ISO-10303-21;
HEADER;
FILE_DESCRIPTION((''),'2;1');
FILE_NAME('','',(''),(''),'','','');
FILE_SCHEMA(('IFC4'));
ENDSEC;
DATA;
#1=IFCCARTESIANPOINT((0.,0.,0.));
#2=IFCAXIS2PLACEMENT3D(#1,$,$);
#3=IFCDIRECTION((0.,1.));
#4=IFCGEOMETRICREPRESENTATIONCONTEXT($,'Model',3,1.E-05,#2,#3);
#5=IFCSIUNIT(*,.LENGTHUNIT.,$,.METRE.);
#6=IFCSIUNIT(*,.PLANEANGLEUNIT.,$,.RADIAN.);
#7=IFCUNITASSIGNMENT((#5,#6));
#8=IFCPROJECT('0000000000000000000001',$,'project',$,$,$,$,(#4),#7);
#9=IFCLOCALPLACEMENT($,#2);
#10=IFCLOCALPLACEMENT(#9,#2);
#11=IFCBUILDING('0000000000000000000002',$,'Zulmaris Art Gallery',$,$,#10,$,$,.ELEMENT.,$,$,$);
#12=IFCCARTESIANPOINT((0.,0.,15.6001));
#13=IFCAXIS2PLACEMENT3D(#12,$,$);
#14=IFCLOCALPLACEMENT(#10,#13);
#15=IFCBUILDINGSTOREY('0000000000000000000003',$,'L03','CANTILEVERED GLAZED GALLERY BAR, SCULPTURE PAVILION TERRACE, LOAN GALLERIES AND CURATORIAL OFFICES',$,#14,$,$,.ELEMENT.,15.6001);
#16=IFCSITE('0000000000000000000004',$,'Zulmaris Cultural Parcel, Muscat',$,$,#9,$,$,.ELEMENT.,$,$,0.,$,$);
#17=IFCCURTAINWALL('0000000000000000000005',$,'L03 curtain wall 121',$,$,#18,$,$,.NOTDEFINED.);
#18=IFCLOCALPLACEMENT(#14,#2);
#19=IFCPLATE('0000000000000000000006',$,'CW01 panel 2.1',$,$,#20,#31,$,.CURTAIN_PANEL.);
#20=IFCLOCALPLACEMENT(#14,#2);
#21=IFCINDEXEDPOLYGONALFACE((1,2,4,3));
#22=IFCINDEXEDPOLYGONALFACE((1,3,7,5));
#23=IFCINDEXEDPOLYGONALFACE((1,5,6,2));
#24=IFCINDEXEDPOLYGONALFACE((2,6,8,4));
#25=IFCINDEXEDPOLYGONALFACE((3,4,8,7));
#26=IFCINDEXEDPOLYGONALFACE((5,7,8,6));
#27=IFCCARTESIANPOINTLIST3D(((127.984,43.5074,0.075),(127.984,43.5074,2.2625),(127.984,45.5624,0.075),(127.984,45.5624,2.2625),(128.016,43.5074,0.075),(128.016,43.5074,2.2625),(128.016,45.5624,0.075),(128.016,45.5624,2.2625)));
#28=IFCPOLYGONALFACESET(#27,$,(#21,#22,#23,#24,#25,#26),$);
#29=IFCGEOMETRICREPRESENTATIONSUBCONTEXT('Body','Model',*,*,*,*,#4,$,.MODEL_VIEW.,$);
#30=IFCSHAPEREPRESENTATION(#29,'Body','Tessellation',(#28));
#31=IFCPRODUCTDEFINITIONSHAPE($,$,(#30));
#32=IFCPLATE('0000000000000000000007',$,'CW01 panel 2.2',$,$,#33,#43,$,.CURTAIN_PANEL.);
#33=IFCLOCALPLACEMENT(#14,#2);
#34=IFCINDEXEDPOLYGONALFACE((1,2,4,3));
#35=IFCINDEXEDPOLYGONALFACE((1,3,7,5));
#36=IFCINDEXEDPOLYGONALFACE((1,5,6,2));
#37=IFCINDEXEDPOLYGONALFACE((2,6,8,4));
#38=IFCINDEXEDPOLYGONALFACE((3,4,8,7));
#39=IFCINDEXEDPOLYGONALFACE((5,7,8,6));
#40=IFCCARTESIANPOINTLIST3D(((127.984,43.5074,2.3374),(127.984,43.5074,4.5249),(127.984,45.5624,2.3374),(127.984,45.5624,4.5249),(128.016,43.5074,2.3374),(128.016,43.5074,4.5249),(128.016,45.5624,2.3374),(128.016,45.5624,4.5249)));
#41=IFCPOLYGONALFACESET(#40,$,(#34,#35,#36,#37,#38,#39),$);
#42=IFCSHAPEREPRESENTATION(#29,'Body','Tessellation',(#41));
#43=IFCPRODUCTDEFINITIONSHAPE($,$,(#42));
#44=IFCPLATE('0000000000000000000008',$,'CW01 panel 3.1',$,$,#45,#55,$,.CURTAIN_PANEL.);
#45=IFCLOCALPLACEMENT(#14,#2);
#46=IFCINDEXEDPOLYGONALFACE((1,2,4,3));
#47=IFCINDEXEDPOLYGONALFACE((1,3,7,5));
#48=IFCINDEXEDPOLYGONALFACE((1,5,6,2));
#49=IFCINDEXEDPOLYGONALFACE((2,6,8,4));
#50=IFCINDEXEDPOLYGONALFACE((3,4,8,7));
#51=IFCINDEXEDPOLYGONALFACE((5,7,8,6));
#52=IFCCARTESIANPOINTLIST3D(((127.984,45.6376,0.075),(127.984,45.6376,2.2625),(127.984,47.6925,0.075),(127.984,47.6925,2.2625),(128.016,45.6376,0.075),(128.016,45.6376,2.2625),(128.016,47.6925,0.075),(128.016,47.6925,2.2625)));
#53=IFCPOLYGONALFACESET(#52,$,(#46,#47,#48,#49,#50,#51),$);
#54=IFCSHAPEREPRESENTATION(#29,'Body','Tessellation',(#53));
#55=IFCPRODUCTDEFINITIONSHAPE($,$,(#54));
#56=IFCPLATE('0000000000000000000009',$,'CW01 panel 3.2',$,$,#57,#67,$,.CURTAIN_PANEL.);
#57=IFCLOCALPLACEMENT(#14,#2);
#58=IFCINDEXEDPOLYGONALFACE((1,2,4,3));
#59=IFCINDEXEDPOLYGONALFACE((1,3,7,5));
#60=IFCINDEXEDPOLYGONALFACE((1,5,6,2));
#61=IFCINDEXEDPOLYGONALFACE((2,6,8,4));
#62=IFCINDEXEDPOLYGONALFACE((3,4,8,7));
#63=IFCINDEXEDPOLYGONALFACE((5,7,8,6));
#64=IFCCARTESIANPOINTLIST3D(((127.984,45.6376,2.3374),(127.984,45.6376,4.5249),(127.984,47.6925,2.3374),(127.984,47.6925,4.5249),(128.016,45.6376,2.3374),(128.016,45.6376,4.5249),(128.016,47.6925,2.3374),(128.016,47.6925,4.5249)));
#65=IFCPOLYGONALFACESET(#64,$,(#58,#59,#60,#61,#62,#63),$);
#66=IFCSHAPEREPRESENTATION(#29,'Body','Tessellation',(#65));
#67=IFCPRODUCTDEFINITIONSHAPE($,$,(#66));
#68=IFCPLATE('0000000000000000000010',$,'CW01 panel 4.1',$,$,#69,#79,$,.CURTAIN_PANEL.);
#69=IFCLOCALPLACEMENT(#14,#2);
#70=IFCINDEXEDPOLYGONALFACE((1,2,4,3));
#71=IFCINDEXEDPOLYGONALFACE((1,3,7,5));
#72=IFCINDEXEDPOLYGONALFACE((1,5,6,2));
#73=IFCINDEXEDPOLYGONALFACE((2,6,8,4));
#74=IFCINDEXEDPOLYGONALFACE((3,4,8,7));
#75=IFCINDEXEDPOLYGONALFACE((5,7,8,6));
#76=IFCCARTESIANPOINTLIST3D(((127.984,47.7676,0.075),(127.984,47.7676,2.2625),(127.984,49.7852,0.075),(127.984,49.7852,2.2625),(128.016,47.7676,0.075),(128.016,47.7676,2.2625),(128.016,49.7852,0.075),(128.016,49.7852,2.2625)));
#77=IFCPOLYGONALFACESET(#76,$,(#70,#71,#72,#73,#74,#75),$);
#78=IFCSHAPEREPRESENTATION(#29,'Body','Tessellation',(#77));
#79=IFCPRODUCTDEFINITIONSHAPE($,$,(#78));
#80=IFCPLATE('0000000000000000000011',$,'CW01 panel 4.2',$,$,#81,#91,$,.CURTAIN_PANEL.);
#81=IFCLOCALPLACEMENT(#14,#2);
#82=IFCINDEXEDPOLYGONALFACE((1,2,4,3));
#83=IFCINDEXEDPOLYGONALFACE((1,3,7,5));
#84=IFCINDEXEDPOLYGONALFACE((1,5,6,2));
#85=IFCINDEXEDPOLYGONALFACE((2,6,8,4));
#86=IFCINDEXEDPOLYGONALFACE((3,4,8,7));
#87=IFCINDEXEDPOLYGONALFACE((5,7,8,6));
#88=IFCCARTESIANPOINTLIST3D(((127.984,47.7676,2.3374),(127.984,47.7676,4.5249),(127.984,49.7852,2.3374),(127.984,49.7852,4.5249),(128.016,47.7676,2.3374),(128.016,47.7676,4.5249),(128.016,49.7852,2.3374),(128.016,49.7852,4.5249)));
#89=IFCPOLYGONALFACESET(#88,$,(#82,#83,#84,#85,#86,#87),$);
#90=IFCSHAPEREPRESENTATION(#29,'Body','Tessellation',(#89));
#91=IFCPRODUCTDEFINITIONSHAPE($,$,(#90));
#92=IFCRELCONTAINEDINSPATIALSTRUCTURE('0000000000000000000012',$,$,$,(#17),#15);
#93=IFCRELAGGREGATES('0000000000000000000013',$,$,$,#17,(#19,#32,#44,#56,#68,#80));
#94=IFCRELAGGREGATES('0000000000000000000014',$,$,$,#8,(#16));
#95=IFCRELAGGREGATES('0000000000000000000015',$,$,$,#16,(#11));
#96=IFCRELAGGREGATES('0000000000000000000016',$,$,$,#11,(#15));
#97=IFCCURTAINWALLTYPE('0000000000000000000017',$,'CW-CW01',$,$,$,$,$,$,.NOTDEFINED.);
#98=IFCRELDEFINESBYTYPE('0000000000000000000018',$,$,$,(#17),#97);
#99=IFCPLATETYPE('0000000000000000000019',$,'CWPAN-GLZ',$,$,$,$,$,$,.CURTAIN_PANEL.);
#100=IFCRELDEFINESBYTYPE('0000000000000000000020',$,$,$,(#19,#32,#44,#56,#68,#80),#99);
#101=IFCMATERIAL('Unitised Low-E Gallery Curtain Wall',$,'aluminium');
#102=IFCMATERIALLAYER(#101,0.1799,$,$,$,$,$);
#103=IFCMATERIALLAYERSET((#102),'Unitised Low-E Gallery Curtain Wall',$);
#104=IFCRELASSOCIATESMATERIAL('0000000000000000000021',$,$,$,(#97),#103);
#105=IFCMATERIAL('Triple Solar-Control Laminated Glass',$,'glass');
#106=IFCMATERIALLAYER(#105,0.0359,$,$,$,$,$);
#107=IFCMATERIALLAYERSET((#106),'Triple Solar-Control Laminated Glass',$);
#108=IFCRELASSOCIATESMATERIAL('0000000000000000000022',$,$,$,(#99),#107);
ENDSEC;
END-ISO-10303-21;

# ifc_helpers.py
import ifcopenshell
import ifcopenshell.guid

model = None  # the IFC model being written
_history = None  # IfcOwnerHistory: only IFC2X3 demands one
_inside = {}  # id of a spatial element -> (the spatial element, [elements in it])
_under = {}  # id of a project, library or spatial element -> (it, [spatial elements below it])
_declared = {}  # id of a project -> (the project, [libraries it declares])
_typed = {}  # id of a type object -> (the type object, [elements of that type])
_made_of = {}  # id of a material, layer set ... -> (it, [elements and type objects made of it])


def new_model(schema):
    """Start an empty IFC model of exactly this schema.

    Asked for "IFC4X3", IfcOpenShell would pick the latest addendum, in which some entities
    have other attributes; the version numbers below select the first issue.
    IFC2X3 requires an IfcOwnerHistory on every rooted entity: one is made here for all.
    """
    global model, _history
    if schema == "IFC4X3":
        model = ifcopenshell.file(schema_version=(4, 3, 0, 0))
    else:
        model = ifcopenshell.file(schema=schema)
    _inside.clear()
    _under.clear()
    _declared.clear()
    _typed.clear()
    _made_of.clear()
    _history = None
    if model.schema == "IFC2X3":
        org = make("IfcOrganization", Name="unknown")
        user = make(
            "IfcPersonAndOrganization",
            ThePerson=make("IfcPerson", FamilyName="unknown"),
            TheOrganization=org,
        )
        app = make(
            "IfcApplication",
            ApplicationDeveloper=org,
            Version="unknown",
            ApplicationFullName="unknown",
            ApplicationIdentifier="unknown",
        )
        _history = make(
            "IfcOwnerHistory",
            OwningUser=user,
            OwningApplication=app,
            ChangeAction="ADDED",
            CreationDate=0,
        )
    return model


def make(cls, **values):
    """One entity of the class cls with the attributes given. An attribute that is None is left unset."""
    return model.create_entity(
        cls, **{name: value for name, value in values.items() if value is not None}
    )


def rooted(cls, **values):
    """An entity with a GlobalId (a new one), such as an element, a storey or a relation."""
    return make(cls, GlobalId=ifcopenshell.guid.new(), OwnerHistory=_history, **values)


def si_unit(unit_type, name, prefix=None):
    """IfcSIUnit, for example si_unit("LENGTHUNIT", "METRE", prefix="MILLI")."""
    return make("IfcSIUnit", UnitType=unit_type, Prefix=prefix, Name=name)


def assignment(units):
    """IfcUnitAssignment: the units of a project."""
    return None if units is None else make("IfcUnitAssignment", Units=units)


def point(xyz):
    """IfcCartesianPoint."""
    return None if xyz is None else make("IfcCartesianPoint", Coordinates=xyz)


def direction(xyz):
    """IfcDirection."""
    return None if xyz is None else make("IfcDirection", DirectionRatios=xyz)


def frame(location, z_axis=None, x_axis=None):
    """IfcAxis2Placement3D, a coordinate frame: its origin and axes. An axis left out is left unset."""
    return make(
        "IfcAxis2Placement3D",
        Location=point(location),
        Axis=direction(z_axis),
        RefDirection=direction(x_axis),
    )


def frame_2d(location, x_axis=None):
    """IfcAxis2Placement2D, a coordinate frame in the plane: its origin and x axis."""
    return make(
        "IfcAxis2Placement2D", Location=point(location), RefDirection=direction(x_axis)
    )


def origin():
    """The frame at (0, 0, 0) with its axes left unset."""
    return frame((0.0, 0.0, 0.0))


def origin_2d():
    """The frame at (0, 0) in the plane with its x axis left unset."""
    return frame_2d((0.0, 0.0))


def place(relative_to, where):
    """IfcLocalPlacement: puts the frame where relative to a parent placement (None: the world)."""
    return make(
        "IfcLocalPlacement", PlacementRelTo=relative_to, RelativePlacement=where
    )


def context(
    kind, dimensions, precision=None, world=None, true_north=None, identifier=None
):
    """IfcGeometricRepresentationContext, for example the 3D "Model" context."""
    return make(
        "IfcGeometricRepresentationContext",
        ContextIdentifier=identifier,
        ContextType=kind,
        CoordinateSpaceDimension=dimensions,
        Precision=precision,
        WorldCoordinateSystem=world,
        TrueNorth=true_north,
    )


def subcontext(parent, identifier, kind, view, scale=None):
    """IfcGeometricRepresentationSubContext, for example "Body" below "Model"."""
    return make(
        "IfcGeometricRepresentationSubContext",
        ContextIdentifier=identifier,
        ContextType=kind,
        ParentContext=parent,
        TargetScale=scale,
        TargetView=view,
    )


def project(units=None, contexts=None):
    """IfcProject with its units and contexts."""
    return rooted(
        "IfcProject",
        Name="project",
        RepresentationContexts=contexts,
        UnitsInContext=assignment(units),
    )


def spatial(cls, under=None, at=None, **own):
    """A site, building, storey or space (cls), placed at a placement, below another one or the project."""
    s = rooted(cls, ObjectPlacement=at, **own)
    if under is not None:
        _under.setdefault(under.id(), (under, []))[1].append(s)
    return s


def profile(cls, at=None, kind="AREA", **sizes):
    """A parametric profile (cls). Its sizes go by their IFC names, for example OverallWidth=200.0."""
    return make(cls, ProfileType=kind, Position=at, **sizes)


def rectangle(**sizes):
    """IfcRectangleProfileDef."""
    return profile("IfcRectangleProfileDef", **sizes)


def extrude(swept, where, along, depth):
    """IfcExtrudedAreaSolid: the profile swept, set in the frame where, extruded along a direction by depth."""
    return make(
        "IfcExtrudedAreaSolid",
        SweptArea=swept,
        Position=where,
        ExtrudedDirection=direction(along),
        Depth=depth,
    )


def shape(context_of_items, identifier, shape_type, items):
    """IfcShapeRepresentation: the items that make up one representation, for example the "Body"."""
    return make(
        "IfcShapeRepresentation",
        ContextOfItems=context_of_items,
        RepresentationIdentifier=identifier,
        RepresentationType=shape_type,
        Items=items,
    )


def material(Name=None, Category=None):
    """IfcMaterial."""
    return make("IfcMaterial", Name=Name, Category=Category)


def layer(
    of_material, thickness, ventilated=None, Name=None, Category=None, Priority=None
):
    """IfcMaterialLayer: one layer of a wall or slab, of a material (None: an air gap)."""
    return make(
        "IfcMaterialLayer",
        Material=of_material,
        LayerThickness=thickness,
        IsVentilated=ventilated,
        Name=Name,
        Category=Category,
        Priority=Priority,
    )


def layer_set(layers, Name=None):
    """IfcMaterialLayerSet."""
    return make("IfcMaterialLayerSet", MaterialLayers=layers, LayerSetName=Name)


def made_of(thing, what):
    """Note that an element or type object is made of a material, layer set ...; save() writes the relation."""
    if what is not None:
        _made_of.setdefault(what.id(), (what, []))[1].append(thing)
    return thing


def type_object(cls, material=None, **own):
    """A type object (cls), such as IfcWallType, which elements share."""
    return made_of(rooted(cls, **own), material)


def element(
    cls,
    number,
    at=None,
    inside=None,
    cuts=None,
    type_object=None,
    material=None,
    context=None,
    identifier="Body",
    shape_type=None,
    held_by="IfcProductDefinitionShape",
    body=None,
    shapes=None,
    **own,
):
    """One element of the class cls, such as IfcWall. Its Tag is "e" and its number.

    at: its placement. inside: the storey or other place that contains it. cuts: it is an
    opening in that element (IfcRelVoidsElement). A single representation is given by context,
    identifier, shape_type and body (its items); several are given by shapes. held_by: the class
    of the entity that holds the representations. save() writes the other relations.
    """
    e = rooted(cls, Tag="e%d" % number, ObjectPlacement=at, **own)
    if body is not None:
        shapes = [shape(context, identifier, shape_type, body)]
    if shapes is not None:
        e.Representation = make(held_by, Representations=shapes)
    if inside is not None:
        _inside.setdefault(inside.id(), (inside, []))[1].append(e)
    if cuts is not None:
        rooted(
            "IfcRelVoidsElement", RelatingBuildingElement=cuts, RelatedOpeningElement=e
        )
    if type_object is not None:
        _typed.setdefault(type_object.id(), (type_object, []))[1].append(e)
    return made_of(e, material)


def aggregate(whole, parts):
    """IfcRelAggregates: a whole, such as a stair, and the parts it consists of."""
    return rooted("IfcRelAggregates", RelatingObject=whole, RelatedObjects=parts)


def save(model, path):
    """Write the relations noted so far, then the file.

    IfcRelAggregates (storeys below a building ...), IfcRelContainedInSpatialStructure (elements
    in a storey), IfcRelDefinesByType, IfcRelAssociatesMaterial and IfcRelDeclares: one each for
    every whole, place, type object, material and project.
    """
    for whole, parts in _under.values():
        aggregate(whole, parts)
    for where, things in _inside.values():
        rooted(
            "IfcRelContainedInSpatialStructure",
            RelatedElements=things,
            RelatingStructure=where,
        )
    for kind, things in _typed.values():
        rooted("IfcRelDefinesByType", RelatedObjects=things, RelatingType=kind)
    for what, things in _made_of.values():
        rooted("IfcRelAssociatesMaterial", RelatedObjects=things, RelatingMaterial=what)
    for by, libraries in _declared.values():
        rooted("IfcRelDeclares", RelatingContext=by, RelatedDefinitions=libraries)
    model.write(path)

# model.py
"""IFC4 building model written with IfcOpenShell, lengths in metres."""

from ifc_helpers import new_model, si_unit, direction, frame, origin, origin_2d, place, context, subcontext, project, spatial, rectangle, extrude, material, layer, layer_set, type_object, element, aggregate, save


model = new_model("IFC4")

# Units and contexts
model_context = context("Model", 3, precision=1e-05, world=origin(), true_north=direction((0.0, 1.0)))
body_context = subcontext(model_context, "Body", "Model", "MODEL_VIEW")
ifc_project = project(units=[si_unit("LENGTHUNIT", "METRE"), si_unit("PLANEANGLEUNIT", "RADIAN")], contexts=[model_context])

# Site, building, storey
site_placement = place(None, origin())
site = spatial("IfcSite", under=ifc_project, at=site_placement, Name="Zulmaris Cultural Parcel, Muscat", CompositionType="ELEMENT", RefElevation=0.0)
building_placement = place(site_placement, origin())
building = spatial("IfcBuilding", under=site, at=building_placement, Name="Zulmaris Art Gallery", CompositionType="ELEMENT")
storey_placement = place(building_placement, frame((0.0, 0.0, 15.6001)))
storey = spatial("IfcBuildingStorey", under=building, at=storey_placement, Name="L03", Description="CANTILEVERED GLAZED GALLERY BAR, SCULPTURE PAVILION TERRACE, LOAN GALLERIES AND CURATORIAL OFFICES", CompositionType="ELEMENT", Elevation=15.6001)

# Curtain wall
ifc_material_1 = material(Name="Unitised Low-E Gallery Curtain Wall", Category="aluminium")
ifc_layer_1 = layer(ifc_material_1, 0.1799)
ifc_layer_set_1 = layer_set([ifc_layer_1], Name="Unitised Low-E Gallery Curtain Wall")
curtain_wall_type = type_object("IfcCurtainWallType", Name="CW-CW01", PredefinedType="NOTDEFINED", material=ifc_layer_set_1)
curtain_wall_1_placement = place(storey_placement, origin())
curtain_wall_1 = element("IfcCurtainWall", 1, at=curtain_wall_1_placement, inside=storey, type_object=curtain_wall_type, Name="L03 curtain wall 121", PredefinedType="NOTDEFINED")

# Plates
ifc_material_2 = material(Name="Triple Solar-Control Laminated Glass", Category="glass")
ifc_layer_2 = layer(ifc_material_2, 0.0359)
ifc_layer_set_2 = layer_set([ifc_layer_2], Name="Triple Solar-Control Laminated Glass")
plate_type = type_object("IfcPlateType", Name="CWPAN-GLZ", PredefinedType="CURTAIN_PANEL", material=ifc_layer_set_2)
plate_1_placement = place(storey_placement, frame((128.0, 44.5349, 0.075), z_axis=(0.0, 0.0, 1.0), x_axis=(0.0, 1.0, 0.0)))
plate_1 = element("IfcPlate", 2, at=plate_1_placement, type_object=plate_type, Name="CW01 panel 2.1", PredefinedType="CURTAIN_PANEL", context=body_context, shape_type="SweptSolid", body=[
    extrude(rectangle(XDim=2.0549, YDim=0.032, at=origin_2d()), origin(), (0.0, 0.0, 1.0), 2.1875),
])
plate_2_placement = place(storey_placement, frame((128.0, 44.5349, 2.3374), z_axis=(0.0, 0.0, 1.0), x_axis=(0.0, 1.0, 0.0)))
plate_2 = element("IfcPlate", 3, at=plate_2_placement, type_object=plate_type, Name="CW01 panel 2.2", PredefinedType="CURTAIN_PANEL", context=body_context, shape_type="SweptSolid", body=[
    extrude(rectangle(XDim=2.0549, YDim=0.032, at=origin_2d()), origin(), (0.0, 0.0, 1.0), 2.1875),
])
plate_3_placement = place(storey_placement, frame((128.0, 46.665, 0.075), z_axis=(0.0, 0.0, 1.0), x_axis=(0.0, 1.0, 0.0)))
plate_3 = element("IfcPlate", 4, at=plate_3_placement, type_object=plate_type, Name="CW01 panel 3.1", PredefinedType="CURTAIN_PANEL", context=body_context, shape_type="SweptSolid", body=[
    extrude(rectangle(XDim=2.0549, YDim=0.032, at=origin_2d()), origin(), (0.0, 0.0, 1.0), 2.1875),
])
plate_4_placement = place(storey_placement, frame((128.0, 46.665, 2.3374), z_axis=(0.0, 0.0, 1.0), x_axis=(0.0, 1.0, 0.0)))
plate_4 = element("IfcPlate", 5, at=plate_4_placement, type_object=plate_type, Name="CW01 panel 3.2", PredefinedType="CURTAIN_PANEL", context=body_context, shape_type="SweptSolid", body=[
    extrude(rectangle(XDim=2.0549, YDim=0.032, at=origin_2d()), origin(), (0.0, 0.0, 1.0), 2.1875),
])
plate_5_placement = place(storey_placement, frame((128.0, 48.7764, 0.075), z_axis=(0.0, 0.0, 1.0), x_axis=(0.0, 1.0, 0.0)))
plate_5 = element("IfcPlate", 6, at=plate_5_placement, type_object=plate_type, Name="CW01 panel 4.1", PredefinedType="CURTAIN_PANEL", context=body_context, shape_type="SweptSolid", body=[
    extrude(rectangle(XDim=2.0176, YDim=0.032, at=origin_2d()), origin(), (0.0, 0.0, 1.0), 2.1875),
])
plate_6_placement = place(storey_placement, frame((128.0, 48.7764, 2.3374), z_axis=(0.0, 0.0, 1.0), x_axis=(0.0, 1.0, 0.0)))
plate_6 = element("IfcPlate", 7, at=plate_6_placement, type_object=plate_type, Name="CW01 panel 4.2", PredefinedType="CURTAIN_PANEL", context=body_context, shape_type="SweptSolid", body=[
    extrude(rectangle(XDim=2.0176, YDim=0.032, at=origin_2d()), origin(), (0.0, 0.0, 1.0), 2.1875),
])
aggregate(curtain_wall_1, [plate_1, plate_2, plate_3, plate_4, plate_5, plate_6])

save(model, "model.ifc")
